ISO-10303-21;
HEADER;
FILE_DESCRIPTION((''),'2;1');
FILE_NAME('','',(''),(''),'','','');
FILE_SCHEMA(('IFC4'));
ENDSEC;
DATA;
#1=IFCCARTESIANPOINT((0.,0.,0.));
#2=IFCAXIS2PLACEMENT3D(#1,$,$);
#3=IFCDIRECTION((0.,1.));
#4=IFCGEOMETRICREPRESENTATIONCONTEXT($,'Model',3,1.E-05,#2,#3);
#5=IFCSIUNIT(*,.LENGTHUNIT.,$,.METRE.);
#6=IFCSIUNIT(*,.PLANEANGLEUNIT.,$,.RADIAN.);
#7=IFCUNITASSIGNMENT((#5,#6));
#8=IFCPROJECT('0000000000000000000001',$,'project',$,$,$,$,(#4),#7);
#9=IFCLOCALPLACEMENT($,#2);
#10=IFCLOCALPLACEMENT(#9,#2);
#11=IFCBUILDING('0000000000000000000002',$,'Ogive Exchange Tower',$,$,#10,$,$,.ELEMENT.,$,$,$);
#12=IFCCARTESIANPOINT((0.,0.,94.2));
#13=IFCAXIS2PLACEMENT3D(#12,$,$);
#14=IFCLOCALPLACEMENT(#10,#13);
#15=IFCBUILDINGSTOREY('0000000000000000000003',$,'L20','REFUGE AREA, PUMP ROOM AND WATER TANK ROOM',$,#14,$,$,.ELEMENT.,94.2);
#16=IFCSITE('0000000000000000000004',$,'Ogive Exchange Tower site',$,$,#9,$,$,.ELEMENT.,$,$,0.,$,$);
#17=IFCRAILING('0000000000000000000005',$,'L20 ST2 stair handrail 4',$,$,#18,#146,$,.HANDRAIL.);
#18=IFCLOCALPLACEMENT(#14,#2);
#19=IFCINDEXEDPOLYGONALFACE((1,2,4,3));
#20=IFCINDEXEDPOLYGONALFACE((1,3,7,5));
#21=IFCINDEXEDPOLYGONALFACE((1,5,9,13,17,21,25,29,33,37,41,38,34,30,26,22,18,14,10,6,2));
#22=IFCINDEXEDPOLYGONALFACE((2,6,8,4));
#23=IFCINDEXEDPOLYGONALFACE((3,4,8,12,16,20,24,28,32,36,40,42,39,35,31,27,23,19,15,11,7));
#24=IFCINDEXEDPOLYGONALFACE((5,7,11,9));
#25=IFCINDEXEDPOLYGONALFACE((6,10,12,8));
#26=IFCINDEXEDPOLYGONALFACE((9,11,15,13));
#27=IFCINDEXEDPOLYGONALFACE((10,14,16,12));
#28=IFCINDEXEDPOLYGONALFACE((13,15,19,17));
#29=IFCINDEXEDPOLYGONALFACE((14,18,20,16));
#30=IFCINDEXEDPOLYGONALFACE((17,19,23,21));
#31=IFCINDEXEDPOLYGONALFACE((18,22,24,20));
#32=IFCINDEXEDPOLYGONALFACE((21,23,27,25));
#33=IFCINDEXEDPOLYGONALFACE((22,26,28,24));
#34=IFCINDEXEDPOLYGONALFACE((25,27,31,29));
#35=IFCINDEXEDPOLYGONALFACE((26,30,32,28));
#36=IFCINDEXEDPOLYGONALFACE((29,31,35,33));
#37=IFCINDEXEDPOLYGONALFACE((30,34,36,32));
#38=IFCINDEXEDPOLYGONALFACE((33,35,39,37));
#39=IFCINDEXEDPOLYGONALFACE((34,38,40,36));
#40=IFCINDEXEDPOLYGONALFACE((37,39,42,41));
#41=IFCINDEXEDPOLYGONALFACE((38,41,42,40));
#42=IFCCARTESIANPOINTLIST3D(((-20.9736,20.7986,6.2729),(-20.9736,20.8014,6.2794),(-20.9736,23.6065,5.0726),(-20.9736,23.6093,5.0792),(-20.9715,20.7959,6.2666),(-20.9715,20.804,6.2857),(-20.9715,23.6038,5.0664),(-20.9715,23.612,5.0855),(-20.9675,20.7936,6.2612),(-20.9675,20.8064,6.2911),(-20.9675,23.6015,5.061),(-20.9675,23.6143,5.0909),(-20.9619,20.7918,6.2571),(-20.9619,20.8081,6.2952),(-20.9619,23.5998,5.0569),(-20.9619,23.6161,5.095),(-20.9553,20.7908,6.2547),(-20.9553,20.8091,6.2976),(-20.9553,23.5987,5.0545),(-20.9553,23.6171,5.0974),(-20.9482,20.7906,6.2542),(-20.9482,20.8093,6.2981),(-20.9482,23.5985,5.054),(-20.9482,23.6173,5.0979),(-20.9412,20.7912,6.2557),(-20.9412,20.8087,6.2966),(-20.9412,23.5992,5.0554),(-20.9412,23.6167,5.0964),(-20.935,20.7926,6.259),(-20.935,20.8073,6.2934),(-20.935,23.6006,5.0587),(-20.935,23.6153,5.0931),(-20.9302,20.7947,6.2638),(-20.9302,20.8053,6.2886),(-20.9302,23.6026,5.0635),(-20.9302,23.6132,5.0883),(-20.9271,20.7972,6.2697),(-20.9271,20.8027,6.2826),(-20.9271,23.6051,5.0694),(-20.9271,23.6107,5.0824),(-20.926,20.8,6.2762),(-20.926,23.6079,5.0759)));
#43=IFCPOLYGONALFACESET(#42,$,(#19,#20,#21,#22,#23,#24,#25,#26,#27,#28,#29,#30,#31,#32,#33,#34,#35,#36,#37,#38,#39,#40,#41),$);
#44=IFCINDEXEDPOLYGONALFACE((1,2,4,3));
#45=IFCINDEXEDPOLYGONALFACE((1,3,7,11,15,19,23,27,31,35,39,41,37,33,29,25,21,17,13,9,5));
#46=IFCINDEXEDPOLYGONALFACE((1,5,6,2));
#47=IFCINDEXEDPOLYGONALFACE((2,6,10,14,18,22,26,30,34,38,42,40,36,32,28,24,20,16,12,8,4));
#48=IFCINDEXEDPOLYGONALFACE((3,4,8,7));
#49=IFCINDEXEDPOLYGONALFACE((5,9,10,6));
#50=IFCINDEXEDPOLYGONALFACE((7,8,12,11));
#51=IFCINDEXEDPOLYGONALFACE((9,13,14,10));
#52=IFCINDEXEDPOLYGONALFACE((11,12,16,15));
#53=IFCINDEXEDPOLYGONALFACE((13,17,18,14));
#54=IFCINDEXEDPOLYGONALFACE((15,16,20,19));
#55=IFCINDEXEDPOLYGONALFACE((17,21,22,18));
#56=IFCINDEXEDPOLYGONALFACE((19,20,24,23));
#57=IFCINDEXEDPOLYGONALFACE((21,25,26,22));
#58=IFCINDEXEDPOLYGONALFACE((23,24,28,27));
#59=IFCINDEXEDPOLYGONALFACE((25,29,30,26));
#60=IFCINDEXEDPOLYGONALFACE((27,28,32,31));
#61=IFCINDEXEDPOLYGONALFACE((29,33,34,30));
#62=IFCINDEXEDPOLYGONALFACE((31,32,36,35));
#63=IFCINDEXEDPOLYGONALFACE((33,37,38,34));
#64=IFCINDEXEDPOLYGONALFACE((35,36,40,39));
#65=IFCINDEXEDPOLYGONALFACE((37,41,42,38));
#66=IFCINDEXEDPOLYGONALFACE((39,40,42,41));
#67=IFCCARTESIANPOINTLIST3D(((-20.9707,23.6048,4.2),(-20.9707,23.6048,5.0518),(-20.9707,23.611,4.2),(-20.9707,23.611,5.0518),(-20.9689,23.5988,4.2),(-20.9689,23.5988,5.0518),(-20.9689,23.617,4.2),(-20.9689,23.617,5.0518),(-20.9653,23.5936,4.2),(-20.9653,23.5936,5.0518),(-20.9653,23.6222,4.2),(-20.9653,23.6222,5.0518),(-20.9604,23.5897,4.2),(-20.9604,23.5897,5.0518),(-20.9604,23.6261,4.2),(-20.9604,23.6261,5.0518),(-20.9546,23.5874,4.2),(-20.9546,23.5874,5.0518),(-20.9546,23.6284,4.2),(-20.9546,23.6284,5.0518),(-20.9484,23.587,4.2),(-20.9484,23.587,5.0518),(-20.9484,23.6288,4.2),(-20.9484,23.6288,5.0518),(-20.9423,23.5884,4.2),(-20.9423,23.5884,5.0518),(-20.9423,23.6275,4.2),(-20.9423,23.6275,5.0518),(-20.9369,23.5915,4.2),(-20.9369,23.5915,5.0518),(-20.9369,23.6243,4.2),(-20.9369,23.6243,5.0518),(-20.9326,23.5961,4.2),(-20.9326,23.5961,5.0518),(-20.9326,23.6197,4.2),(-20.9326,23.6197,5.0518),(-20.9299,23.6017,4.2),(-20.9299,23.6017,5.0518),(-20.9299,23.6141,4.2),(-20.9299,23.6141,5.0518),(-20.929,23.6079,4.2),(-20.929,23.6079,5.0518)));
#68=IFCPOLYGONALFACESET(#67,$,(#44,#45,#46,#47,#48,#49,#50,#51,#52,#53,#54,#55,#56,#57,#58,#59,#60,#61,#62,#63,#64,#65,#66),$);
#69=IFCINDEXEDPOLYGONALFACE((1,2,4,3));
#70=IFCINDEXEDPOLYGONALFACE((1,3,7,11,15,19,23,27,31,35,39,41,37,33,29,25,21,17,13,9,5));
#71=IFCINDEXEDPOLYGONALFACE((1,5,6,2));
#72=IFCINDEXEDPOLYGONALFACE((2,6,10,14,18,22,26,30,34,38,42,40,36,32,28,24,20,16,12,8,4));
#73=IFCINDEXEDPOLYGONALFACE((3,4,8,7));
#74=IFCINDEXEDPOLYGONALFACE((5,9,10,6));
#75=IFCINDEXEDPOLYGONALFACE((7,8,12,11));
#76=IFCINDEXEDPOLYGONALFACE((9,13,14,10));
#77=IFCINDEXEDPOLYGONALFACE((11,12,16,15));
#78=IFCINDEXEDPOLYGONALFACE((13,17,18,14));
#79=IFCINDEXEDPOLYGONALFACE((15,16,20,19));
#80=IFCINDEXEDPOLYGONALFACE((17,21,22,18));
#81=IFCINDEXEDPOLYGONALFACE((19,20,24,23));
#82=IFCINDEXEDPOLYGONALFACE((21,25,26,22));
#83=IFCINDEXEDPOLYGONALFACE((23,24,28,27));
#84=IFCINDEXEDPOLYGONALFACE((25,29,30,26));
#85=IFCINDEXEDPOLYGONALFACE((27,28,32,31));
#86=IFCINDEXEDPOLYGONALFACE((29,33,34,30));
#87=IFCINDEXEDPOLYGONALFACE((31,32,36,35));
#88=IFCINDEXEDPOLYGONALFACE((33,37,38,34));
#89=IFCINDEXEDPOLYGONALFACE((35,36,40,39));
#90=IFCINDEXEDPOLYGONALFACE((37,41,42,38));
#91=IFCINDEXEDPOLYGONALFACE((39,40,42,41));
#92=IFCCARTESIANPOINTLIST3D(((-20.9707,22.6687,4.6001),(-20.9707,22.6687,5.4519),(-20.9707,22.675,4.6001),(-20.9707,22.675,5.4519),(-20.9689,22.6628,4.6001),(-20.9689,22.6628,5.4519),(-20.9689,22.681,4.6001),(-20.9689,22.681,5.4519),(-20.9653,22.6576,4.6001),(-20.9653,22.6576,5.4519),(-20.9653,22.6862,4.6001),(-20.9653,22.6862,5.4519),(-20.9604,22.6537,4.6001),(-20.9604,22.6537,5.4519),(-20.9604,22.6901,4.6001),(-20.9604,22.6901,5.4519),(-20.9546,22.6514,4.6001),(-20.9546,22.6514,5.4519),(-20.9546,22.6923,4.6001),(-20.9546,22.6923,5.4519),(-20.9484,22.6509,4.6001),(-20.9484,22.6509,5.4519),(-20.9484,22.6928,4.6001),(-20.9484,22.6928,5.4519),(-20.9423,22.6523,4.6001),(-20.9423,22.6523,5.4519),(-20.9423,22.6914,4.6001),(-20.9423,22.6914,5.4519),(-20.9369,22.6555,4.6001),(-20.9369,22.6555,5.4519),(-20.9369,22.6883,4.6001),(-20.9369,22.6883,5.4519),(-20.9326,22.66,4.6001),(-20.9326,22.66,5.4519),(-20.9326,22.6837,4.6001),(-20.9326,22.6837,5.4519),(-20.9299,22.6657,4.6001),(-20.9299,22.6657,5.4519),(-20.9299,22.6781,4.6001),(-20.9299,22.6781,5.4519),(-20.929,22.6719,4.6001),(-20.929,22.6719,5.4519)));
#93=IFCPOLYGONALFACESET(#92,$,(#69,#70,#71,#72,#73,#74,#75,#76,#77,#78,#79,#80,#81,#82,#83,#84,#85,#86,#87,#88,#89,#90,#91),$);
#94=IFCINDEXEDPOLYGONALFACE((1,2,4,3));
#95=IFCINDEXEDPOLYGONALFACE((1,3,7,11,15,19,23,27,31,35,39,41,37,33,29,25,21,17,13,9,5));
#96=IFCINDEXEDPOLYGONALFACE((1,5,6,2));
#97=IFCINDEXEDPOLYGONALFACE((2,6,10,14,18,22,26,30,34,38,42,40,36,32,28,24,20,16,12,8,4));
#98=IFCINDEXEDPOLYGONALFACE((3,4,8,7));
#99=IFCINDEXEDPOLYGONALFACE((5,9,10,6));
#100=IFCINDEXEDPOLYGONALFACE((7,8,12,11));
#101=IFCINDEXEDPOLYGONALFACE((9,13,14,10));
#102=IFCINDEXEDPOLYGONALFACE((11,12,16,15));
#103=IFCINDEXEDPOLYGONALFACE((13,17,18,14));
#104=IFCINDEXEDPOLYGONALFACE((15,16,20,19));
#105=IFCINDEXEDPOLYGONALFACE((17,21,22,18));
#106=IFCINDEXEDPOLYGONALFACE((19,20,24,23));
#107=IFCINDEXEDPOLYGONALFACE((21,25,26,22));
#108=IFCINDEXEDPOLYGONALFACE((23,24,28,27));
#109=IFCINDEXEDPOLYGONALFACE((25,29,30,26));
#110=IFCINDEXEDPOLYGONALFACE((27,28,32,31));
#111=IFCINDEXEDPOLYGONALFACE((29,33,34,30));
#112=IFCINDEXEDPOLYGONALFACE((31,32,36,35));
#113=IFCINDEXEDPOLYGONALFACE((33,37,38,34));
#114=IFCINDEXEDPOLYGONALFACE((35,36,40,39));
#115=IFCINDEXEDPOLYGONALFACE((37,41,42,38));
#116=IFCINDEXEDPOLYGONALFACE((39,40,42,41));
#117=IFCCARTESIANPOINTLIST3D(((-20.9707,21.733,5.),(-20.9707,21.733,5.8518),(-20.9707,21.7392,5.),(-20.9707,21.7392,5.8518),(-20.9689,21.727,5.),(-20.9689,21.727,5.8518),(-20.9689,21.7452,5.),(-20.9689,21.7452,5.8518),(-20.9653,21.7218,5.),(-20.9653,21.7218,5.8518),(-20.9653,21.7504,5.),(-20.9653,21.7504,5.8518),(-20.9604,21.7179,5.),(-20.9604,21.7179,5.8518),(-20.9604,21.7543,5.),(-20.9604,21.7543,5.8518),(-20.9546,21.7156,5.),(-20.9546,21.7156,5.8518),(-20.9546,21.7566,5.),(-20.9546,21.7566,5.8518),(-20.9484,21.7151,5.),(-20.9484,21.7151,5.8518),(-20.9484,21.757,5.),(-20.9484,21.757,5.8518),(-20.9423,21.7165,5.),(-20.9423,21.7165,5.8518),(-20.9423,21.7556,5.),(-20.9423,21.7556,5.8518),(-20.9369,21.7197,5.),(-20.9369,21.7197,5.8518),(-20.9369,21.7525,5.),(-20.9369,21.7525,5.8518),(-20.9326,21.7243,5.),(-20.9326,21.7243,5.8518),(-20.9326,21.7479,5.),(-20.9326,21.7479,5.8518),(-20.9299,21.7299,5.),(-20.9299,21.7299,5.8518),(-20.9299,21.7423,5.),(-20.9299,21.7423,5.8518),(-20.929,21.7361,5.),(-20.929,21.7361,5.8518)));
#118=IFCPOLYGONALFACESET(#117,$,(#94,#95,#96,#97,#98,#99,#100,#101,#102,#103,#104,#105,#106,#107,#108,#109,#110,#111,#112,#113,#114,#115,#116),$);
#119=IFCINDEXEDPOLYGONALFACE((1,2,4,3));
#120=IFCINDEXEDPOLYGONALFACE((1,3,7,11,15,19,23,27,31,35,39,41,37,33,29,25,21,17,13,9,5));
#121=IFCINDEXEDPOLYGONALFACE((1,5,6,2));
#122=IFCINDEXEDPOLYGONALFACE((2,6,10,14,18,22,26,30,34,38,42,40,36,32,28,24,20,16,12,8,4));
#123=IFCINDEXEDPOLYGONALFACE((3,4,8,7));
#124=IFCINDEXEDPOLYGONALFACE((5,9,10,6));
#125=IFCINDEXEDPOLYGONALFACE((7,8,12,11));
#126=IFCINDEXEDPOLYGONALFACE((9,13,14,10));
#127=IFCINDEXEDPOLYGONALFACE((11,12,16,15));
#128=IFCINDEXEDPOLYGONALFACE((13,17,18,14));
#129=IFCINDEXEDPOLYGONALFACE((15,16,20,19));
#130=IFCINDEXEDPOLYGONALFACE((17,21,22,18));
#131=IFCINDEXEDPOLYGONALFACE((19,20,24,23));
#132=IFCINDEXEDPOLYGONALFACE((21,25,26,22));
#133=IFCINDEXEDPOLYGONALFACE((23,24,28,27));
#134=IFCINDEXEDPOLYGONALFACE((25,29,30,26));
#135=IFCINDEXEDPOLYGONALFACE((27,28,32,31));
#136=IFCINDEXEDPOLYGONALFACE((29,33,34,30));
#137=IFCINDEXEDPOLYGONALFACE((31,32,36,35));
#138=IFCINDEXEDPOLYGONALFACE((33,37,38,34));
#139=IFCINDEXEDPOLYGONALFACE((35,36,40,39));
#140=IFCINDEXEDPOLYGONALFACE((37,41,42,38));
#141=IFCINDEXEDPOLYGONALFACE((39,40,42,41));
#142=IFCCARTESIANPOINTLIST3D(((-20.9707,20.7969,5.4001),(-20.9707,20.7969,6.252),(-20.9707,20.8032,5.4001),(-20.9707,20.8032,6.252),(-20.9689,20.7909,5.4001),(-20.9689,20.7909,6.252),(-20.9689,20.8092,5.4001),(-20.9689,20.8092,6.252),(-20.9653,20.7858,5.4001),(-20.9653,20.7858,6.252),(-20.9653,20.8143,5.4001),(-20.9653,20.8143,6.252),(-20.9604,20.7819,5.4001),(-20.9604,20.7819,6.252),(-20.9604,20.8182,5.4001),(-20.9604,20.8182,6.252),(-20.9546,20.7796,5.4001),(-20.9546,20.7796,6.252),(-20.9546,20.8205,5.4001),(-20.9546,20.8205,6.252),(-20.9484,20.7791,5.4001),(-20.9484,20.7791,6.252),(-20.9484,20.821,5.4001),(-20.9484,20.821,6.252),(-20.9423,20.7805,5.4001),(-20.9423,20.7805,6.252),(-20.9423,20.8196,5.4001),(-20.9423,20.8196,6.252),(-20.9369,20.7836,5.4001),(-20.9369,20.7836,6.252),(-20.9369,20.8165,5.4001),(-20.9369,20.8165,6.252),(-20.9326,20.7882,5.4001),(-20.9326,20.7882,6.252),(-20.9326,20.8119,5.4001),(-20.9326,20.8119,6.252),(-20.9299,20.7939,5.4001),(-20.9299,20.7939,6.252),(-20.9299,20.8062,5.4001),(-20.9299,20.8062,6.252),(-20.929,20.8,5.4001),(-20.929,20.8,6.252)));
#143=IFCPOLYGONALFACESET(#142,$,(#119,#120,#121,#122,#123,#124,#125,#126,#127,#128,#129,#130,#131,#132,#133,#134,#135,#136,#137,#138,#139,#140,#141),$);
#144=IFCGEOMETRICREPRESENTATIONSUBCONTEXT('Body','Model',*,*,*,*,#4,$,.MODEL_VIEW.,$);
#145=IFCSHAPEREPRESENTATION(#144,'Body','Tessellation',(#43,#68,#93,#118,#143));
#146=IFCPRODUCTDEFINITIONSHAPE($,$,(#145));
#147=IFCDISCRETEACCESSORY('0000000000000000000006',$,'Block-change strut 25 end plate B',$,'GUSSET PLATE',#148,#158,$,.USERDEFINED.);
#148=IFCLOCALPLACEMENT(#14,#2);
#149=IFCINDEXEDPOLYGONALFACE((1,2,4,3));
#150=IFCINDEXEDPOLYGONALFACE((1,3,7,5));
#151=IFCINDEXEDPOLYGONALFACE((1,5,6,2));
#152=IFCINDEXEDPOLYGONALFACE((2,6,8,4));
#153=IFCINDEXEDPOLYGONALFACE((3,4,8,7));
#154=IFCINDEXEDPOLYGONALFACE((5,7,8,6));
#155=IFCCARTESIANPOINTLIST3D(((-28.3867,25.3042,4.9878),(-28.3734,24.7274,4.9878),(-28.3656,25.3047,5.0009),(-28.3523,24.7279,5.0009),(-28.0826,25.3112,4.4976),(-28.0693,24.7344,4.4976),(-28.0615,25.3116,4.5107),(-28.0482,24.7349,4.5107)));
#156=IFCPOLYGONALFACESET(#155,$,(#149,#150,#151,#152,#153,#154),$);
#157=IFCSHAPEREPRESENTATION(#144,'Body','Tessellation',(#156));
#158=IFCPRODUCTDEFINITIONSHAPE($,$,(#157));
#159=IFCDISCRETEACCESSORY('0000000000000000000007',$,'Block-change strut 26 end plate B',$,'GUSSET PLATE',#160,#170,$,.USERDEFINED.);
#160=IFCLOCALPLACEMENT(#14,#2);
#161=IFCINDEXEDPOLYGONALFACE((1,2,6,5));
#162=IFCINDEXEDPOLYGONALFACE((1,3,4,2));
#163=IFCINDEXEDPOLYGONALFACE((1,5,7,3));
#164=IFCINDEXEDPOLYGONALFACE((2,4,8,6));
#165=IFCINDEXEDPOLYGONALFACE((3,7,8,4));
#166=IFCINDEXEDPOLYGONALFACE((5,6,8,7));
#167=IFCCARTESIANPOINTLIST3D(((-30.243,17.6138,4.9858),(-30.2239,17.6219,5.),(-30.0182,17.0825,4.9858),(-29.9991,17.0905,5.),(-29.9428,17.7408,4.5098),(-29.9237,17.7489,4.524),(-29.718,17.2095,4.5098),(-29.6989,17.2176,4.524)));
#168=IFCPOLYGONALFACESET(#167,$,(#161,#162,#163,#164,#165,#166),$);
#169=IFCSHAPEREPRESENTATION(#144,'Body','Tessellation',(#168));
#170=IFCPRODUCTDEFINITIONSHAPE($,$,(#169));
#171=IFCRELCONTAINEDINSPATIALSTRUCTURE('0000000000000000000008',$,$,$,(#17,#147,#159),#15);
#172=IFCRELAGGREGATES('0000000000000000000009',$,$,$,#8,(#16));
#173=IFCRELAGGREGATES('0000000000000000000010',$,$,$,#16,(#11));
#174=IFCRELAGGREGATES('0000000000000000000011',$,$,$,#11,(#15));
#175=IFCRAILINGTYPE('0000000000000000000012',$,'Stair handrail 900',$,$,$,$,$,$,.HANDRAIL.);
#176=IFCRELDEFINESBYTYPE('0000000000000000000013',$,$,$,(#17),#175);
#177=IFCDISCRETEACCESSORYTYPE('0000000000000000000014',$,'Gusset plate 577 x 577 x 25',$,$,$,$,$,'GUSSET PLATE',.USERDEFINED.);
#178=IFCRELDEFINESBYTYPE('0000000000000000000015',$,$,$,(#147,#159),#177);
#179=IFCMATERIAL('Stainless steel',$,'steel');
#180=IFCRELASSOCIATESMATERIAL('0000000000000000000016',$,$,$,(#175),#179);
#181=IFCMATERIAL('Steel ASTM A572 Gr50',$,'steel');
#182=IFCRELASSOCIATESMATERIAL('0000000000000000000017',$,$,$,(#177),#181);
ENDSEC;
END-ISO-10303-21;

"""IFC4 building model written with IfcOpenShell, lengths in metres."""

from ifc_helpers import new_model, si_unit, direction, frame, origin, origin_2d, place, context, subcontext, project, spatial, rectangle, circle, extrude, material, material_profile, profile_set, type_object, element, save


model = new_model("IFC4")

# Units and contexts
model_context = context("Model", 3, precision=1e-05, world=origin(), true_north=direction((0.0, 1.0)))
body_context = subcontext(model_context, "Body", "Model", "MODEL_VIEW")
ifc_project = project(units=[si_unit("LENGTHUNIT", "METRE"), si_unit("PLANEANGLEUNIT", "RADIAN")], contexts=[model_context])

# Site, building, storey
site_placement = place(None, origin())
site = spatial("IfcSite", under=ifc_project, at=site_placement, Name="Ogive Exchange Tower site", CompositionType="ELEMENT", RefElevation=0.0)
building_placement = place(site_placement, origin())
building = spatial("IfcBuilding", under=site, at=building_placement, Name="Ogive Exchange Tower", CompositionType="ELEMENT")
storey_placement = place(building_placement, frame((0.0, 0.0, 94.2)))
storey = spatial("IfcBuildingStorey", under=building, at=storey_placement, Name="L20", Description="REFUGE AREA, PUMP ROOM AND WATER TANK ROOM", CompositionType="ELEMENT", Elevation=94.2)

# Railing
ifc_material_1 = material(Name="Stainless steel", Category="steel")
railing_type = type_object("IfcRailingType", Name="Stair handrail 900", PredefinedType="HANDRAIL", material=ifc_material_1)
railing_1_placement = place(storey_placement, frame((-20.95, 23.6079, 4.2)))
element("IfcRailing", 1, at=railing_1_placement, inside=storey, type_object=railing_type, Name="L20 ST2 stair handrail 4", PredefinedType="HANDRAIL", context=body_context, shape_type="SweptSolid", body=[
    extrude(circle(Radius=0.0239, at=origin_2d()), frame((0.0, 0.0, 0.876), z_axis=(0.0, -0.919521, 0.393041), x_axis=(1.0, 0.0, 0.0)), (0.0, 0.0, 1.0), 3.0537),
    extrude(circle(Radius=0.021, at=origin_2d()), origin(), (0.0, 0.0, 1.0), 0.8518),
    extrude(circle(Radius=0.021, at=origin_2d()), frame((0.0, -0.936, 0.4001)), (0.0, 0.0, 1.0), 0.8518),
    extrude(circle(Radius=0.021, at=origin_2d()), frame((0.0, -1.8718, 0.8)), (0.0, 0.0, 1.0), 0.8518),
    extrude(circle(Radius=0.021, at=origin_2d()), frame((0.0, -2.8079, 1.2002)), (0.0, 0.0, 1.0), 0.8518),
])

# Discrete accessories
ifc_material_2 = material(Name="Steel ASTM A572 Gr50", Category="steel")
ifc_material_profile_1 = material_profile(ifc_material_2, rectangle(XDim=0.5769, YDim=0.5769, at=origin_2d()), Name="PL 577 x 577 x 25")
ifc_profile_set_1 = profile_set([ifc_material_profile_1], Name="Steel ASTM A572 Gr50")
discrete_accessory_type = type_object("IfcDiscreteAccessoryType", Name="Gusset plate 577 x 577 x 25", ElementType="GUSSET PLATE", PredefinedType="USERDEFINED", material=ifc_profile_set_1)
discrete_accessory_1_placement = place(storey_placement, frame((-28.228, 25.0193, 4.7427), z_axis=(0.849478, 0.019528, 0.527262), x_axis=(-0.022982, 0.999736, 0.0)))
element("IfcDiscreteAccessory", 2, at=discrete_accessory_1_placement, inside=storey, type_object=discrete_accessory_type, Name="Block-change strut 25 end plate B", ObjectType="GUSSET PLATE", PredefinedType="USERDEFINED", context=body_context, shape_type="SweptSolid", body=[
    extrude(rectangle(XDim=0.5769, YDim=0.5769, at=origin_2d()), origin(), (0.0, 0.0, 1.0), 0.0249),
])
discrete_accessory_2_placement = place(storey_placement, frame((-29.9805, 17.4116, 4.7478), z_axis=(0.759864, 0.321481, 0.565027), x_axis=(-0.38964, 0.920967, 0.0)))
element("IfcDiscreteAccessory", 3, at=discrete_accessory_2_placement, inside=storey, type_object=discrete_accessory_type, Name="Block-change strut 26 end plate B", ObjectType="GUSSET PLATE", PredefinedType="USERDEFINED", context=body_context, shape_type="SweptSolid", body=[
    extrude(rectangle(XDim=0.5769, YDim=0.5769, at=origin_2d()), origin(), (0.0, 0.0, 1.0), 0.0251),
])

save(model, "model.ifc")
